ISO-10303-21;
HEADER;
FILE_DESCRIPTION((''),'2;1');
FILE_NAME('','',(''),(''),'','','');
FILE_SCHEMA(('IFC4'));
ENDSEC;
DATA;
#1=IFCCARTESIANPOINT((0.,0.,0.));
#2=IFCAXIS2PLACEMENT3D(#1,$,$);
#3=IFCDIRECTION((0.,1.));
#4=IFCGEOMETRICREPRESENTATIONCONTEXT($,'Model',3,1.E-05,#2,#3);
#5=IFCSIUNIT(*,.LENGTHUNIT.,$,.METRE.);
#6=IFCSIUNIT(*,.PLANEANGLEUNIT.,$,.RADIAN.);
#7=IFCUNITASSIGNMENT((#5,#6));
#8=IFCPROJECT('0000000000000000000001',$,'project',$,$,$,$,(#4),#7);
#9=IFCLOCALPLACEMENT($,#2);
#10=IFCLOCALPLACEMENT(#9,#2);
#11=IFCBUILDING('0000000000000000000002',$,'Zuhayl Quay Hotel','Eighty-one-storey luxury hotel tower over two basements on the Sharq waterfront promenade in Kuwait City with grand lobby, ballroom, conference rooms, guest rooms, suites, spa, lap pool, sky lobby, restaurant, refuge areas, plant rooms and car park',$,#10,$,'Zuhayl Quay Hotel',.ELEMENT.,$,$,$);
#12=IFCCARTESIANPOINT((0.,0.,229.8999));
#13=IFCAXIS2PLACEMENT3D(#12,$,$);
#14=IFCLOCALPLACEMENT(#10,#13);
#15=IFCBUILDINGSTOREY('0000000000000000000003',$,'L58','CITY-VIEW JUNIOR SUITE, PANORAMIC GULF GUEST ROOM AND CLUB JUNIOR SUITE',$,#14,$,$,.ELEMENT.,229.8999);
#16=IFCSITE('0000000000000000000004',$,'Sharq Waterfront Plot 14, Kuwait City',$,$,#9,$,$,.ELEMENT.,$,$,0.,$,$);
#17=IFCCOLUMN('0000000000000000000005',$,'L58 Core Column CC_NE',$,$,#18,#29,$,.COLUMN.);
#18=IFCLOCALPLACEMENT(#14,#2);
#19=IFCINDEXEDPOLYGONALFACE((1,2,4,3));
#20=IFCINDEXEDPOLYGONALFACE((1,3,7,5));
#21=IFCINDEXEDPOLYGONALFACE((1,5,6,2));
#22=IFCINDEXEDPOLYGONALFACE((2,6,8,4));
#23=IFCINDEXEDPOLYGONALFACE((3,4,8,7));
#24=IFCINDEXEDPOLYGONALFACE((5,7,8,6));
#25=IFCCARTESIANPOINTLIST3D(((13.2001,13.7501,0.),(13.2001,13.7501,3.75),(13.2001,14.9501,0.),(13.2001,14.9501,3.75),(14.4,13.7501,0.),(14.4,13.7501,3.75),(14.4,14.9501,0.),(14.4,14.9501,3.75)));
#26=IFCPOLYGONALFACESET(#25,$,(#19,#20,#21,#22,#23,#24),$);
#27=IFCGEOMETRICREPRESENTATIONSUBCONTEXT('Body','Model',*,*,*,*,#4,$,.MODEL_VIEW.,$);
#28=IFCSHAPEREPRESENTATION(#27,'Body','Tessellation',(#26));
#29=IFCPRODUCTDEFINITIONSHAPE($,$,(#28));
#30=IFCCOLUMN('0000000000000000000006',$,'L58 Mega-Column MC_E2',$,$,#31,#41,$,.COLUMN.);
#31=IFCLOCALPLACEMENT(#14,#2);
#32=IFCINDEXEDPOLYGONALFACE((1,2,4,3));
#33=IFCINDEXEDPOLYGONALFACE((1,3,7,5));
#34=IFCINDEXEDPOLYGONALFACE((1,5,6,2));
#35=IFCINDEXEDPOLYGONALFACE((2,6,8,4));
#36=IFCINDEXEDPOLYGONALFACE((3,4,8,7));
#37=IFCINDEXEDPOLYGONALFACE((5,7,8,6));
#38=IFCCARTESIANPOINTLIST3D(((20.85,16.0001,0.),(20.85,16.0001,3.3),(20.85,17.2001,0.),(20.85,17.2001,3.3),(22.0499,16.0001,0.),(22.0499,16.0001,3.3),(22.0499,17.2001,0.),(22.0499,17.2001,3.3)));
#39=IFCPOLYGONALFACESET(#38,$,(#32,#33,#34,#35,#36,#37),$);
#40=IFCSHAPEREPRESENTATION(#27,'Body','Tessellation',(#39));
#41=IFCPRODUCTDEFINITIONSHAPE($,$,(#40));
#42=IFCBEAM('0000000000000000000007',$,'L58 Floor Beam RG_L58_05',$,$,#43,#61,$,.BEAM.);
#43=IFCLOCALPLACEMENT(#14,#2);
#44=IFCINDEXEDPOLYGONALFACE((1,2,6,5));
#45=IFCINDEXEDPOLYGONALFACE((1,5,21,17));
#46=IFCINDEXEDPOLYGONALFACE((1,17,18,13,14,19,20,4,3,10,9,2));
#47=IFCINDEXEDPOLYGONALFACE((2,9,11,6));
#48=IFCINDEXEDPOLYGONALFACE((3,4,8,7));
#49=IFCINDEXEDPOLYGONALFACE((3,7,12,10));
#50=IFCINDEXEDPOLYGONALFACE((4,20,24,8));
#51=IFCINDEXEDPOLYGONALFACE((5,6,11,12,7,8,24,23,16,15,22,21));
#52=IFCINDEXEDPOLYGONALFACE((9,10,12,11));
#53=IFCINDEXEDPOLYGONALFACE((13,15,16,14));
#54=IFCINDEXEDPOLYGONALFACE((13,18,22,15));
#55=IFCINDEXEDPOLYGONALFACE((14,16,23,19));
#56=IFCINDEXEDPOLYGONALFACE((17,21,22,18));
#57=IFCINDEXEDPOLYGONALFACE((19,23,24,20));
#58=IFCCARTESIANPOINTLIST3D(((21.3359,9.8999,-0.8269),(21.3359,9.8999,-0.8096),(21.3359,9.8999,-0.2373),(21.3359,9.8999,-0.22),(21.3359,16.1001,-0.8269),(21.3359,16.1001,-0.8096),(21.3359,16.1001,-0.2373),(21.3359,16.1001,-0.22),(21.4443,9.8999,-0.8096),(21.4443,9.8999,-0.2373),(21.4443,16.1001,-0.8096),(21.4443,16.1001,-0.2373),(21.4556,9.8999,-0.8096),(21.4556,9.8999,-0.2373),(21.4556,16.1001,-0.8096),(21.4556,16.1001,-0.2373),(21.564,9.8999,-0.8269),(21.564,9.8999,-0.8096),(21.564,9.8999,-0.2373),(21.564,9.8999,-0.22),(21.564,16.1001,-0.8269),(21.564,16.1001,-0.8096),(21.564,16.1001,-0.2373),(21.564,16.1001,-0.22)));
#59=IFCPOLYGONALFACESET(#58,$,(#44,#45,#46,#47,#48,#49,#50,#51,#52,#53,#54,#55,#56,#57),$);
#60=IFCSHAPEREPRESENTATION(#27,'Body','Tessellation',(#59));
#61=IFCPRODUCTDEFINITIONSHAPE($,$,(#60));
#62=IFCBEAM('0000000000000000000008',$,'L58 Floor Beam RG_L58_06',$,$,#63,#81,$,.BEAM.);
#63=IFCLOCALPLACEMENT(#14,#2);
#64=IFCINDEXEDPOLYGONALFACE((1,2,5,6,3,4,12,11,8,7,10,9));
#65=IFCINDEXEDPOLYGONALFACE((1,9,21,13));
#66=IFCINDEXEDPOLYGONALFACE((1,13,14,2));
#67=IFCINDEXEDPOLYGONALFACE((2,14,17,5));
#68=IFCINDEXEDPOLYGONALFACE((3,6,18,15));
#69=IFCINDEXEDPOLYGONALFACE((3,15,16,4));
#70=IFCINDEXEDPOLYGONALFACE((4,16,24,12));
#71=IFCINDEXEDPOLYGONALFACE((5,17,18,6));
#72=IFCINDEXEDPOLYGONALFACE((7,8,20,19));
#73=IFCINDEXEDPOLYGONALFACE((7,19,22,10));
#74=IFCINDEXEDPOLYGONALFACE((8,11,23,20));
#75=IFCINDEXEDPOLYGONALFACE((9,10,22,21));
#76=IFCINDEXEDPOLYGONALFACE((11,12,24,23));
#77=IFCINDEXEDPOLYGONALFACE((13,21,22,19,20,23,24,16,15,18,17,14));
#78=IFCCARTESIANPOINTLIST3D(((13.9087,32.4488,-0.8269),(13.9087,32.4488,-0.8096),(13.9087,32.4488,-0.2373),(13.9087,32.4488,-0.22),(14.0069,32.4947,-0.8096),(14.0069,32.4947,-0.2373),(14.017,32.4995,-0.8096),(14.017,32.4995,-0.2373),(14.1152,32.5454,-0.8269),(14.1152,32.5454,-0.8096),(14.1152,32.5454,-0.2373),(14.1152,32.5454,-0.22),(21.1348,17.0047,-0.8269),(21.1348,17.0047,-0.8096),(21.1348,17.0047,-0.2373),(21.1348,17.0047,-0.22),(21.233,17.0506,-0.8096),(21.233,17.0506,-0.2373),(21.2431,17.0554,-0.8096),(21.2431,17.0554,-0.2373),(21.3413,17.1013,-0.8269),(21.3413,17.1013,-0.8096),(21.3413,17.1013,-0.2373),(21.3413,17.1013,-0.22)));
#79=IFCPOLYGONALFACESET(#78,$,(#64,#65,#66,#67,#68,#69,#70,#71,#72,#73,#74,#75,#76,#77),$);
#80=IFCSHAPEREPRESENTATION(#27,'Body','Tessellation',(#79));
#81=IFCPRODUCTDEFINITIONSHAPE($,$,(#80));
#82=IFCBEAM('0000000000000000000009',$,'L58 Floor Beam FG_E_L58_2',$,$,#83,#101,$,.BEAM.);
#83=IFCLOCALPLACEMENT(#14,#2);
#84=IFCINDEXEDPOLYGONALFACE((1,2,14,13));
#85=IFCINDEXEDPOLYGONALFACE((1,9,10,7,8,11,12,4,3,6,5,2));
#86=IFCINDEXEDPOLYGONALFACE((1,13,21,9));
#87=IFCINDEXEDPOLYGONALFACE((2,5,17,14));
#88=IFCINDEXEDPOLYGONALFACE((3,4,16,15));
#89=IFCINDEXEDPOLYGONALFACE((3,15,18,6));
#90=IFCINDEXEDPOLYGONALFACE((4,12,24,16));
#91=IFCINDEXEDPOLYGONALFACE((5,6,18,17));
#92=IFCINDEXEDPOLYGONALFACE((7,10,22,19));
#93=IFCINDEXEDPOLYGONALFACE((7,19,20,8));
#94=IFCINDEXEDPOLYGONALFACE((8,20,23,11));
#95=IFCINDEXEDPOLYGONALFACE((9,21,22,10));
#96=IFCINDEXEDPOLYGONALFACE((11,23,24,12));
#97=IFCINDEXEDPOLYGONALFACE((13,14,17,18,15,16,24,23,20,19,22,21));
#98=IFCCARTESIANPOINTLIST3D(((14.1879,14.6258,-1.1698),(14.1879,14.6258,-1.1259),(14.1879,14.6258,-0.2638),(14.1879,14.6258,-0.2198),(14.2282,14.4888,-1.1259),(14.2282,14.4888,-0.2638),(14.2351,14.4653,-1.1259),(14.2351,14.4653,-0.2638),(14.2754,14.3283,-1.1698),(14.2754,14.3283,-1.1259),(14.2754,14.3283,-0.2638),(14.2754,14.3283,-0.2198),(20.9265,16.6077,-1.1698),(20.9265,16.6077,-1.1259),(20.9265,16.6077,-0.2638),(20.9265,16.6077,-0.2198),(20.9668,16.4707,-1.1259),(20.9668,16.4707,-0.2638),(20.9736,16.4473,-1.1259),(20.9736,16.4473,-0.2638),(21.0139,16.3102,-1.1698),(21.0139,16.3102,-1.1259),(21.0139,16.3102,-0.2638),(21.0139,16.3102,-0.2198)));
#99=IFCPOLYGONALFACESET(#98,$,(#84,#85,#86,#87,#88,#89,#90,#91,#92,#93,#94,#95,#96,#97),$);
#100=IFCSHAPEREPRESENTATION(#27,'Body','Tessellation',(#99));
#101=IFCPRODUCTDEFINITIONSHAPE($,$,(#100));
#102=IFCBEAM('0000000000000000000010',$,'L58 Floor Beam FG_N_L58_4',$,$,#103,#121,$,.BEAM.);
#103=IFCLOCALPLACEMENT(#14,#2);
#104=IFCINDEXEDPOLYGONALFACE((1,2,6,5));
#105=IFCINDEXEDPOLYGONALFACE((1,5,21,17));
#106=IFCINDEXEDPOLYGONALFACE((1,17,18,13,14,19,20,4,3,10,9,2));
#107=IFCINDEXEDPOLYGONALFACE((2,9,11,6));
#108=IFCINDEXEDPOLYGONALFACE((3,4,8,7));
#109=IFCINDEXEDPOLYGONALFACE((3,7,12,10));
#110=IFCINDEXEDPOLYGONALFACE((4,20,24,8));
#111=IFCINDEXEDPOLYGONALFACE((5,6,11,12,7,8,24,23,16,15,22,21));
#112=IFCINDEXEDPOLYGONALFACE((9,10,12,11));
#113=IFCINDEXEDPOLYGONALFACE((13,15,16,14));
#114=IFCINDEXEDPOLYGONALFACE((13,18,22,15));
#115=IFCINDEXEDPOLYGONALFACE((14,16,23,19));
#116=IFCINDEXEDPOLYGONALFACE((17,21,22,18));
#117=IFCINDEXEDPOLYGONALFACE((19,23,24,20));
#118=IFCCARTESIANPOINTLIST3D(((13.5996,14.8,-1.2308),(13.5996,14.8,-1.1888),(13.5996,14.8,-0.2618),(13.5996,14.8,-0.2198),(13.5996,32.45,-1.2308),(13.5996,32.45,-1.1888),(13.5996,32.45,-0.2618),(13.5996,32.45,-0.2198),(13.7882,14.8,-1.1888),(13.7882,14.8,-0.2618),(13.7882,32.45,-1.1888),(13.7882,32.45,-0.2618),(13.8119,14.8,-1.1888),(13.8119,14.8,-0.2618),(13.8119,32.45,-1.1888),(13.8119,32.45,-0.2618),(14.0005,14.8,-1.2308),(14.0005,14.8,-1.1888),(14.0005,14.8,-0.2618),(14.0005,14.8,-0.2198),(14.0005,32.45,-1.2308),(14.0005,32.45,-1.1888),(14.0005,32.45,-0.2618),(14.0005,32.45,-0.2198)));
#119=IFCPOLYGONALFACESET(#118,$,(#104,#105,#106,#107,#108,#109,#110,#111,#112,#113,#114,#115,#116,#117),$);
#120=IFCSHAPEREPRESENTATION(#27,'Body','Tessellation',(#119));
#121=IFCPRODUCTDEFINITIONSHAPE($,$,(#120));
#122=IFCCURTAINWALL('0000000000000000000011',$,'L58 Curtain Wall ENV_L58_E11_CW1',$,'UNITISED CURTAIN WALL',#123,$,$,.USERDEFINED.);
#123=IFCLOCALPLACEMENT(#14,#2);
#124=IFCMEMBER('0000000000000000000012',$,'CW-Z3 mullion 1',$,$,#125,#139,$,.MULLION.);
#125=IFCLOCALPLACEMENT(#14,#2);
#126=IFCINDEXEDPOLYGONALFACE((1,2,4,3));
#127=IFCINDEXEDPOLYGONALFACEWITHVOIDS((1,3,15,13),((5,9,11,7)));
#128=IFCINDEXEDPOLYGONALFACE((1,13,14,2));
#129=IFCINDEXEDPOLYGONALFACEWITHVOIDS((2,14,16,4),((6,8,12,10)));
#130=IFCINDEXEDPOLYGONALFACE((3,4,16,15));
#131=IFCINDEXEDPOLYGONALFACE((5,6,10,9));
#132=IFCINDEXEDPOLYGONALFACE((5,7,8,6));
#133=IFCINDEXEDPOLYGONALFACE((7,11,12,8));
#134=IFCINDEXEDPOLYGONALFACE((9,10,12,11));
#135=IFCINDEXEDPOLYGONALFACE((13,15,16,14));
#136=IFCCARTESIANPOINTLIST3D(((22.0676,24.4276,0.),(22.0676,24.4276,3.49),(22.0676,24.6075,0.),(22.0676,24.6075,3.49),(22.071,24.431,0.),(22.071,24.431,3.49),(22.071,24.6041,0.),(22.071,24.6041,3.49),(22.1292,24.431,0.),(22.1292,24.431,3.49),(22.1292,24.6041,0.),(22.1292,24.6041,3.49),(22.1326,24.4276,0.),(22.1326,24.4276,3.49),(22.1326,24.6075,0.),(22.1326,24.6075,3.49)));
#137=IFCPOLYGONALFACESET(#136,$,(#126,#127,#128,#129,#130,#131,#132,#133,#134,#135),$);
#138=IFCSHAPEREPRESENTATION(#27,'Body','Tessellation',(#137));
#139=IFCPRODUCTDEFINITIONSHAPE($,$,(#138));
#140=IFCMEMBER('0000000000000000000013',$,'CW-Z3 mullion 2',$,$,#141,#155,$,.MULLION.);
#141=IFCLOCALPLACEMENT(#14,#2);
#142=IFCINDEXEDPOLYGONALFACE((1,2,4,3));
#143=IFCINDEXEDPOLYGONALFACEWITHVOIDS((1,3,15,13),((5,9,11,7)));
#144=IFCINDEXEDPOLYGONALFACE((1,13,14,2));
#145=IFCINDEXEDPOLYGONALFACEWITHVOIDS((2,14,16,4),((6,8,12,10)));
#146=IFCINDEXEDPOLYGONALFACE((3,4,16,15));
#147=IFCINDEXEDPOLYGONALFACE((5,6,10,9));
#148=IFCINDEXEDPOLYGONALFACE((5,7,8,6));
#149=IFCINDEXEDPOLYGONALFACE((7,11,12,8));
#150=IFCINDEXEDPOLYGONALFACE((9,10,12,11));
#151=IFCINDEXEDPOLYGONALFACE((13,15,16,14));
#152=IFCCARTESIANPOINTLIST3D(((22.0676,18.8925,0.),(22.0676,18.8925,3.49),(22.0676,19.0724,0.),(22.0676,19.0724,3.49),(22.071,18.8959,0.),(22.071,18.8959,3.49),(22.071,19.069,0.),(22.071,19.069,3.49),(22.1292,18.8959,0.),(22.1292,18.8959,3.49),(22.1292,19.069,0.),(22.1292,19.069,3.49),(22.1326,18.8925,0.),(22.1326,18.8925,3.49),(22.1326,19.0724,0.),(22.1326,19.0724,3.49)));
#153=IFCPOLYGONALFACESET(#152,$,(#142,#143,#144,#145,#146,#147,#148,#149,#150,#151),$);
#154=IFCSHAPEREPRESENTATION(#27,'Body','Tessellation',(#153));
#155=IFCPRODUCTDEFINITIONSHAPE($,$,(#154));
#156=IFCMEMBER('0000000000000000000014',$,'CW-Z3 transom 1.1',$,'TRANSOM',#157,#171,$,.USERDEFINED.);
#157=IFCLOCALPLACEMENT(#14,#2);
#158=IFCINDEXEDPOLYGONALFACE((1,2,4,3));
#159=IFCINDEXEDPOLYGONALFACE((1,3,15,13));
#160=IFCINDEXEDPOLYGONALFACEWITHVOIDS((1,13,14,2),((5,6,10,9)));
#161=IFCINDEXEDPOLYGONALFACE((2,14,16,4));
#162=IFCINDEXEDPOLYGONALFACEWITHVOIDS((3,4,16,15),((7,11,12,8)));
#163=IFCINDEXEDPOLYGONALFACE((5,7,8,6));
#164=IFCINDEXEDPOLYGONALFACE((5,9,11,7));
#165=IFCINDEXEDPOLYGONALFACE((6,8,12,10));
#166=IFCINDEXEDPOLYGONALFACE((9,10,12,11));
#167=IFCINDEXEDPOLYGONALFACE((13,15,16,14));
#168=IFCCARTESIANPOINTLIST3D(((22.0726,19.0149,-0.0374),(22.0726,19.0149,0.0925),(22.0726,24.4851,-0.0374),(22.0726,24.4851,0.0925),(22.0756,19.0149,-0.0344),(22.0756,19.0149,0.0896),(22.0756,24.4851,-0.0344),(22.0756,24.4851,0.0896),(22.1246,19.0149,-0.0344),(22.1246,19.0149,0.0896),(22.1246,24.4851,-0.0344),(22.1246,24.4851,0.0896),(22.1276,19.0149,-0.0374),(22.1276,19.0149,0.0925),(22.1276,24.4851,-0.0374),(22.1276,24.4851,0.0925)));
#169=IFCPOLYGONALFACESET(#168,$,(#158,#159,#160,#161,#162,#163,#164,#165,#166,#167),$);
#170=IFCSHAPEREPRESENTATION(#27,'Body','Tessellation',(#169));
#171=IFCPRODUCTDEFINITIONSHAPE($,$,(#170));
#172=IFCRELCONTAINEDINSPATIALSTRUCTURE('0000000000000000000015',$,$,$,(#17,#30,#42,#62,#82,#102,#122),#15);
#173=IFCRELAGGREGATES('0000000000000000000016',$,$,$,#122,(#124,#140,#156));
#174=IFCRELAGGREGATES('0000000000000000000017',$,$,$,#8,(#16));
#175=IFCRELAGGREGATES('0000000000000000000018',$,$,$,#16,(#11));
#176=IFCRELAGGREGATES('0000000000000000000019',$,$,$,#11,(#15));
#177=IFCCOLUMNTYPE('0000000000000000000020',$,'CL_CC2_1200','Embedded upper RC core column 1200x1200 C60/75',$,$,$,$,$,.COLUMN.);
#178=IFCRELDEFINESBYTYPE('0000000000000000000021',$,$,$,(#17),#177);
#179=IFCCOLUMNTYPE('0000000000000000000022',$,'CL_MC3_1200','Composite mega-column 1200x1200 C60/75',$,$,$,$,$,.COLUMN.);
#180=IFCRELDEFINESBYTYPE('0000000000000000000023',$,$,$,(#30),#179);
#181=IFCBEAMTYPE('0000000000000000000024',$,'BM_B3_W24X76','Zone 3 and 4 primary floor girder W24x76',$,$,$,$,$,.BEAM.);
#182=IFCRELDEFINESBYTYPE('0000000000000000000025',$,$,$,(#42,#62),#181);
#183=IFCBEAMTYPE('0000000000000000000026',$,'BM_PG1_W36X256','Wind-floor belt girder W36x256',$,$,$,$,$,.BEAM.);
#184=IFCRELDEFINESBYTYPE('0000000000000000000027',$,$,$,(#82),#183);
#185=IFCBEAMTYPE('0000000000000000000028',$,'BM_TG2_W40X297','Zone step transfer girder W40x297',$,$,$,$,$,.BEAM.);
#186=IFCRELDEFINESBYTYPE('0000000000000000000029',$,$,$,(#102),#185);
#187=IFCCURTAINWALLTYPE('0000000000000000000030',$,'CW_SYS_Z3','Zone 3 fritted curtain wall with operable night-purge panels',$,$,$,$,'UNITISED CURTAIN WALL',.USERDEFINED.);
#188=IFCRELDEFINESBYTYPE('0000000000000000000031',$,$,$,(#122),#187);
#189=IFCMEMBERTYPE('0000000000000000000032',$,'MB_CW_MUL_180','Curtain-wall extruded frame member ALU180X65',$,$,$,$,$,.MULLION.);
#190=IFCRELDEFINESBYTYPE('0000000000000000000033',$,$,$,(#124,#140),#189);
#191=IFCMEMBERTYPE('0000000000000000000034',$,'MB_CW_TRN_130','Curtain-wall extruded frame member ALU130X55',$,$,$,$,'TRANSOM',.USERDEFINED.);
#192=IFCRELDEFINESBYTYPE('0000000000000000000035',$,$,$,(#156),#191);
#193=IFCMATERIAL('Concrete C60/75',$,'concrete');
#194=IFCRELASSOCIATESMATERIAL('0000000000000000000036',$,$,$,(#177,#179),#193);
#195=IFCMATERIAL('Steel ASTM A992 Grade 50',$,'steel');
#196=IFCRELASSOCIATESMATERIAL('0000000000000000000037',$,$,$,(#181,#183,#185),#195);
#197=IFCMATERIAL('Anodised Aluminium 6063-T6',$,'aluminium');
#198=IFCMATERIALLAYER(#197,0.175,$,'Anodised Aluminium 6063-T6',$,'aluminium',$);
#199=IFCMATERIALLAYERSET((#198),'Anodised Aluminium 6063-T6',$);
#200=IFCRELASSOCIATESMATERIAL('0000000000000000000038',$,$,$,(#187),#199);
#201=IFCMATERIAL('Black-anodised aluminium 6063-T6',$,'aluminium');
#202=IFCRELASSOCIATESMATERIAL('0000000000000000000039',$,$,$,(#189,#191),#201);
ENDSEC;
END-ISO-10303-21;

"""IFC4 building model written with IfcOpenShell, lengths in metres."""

from ifc_helpers import new_model, si_unit, direction, frame, origin, origin_2d, place, context, subcontext, project, spatial, rectangle, hollow_rectangle, i_section, extrude, material, layer, layer_set, material_profile, profile_set, type_object, element, aggregate, save


model = new_model("IFC4")

# Units and contexts
model_context = context("Model", 3, precision=1e-05, world=origin(), true_north=direction((0.0, 1.0)))
body_context = subcontext(model_context, "Body", "Model", "MODEL_VIEW")
ifc_project = project(units=[si_unit("LENGTHUNIT", "METRE"), si_unit("PLANEANGLEUNIT", "RADIAN")], contexts=[model_context])

# Site, building, storey
site_placement = place(None, origin())
site = spatial("IfcSite", under=ifc_project, at=site_placement, Name="Sharq Waterfront Plot 14, Kuwait City", CompositionType="ELEMENT", RefElevation=0.0)
building_placement = place(site_placement, origin())
building = spatial("IfcBuilding", under=site, at=building_placement, Name="Zuhayl Quay Hotel", Description="Eighty-one-storey luxury hotel tower over two basements on the Sharq waterfront promenade in Kuwait City with grand lobby, ballroom, conference rooms, guest rooms, suites, spa, lap pool, sky lobby, restaurant, refuge areas, plant rooms and car park", LongName="Zuhayl Quay Hotel", CompositionType="ELEMENT")
storey_placement = place(building_placement, frame((0.0, 0.0, 229.8999)))
storey = spatial("IfcBuildingStorey", under=building, at=storey_placement, Name="L58", Description="CITY-VIEW JUNIOR SUITE, PANORAMIC GULF GUEST ROOM AND CLUB JUNIOR SUITE", CompositionType="ELEMENT", Elevation=229.8999)

# Columns
ifc_material_1 = material(Name="Concrete C60/75", Category="concrete")
ifc_material_profile_1 = material_profile(ifc_material_1, rectangle(XDim=1.2, YDim=1.2, at=origin_2d()), Name="RC1200X1200")
ifc_profile_set_1 = profile_set([ifc_material_profile_1], Name="Concrete C60/75")
column_type_1 = type_object("IfcColumnType", Name="CL_CC2_1200", Description="Embedded upper RC core column 1200x1200 C60/75", PredefinedType="COLUMN", material=ifc_profile_set_1)
column_1_placement = place(storey_placement, frame((13.8, 14.3501, 0.0), z_axis=(0.0, 0.0, 1.0), x_axis=(1.0, 0.0, 0.0)))
element("IfcColumn", 1, at=column_1_placement, inside=storey, type_object=column_type_1, Name="L58 Core Column CC_NE", PredefinedType="COLUMN", context=body_context, shape_type="SweptSolid", body=[
    extrude(rectangle(XDim=1.2, YDim=1.2, at=origin_2d()), origin(), (0.0, 0.0, 1.0), 3.75),
])
ifc_material_profile_2 = material_profile(ifc_material_1, rectangle(XDim=1.2, YDim=1.2, at=origin_2d()), Name="RC1200X1200")
ifc_profile_set_2 = profile_set([ifc_material_profile_2], Name="Concrete C60/75")
column_type_2 = type_object("IfcColumnType", Name="CL_MC3_1200", Description="Composite mega-column 1200x1200 C60/75", PredefinedType="COLUMN", material=ifc_profile_set_2)
column_2_placement = place(storey_placement, frame((21.45, 16.6001, 0.0), z_axis=(0.0, 0.0, 1.0), x_axis=(1.0, 0.0, 0.0)))
element("IfcColumn", 2, at=column_2_placement, inside=storey, type_object=column_type_2, Name="L58 Mega-Column MC_E2", PredefinedType="COLUMN", context=body_context, shape_type="SweptSolid", body=[
    extrude(rectangle(XDim=1.2, YDim=1.2, at=origin_2d()), origin(), (0.0, 0.0, 1.0), 3.3),
])

# Beams
ifc_material_2 = material(Name="Steel ASTM A992 Grade 50", Category="steel")
ifc_material_profile_3 = material_profile(ifc_material_2, i_section(OverallWidth=0.228, OverallDepth=0.6069, WebThickness=0.0112, FlangeThickness=0.0173, at=origin_2d()), Name="W24X76")
ifc_profile_set_3 = profile_set([ifc_material_profile_3], Name="Steel ASTM A992 Grade 50")
beam_type_1 = type_object("IfcBeamType", Name="BM_B3_W24X76", Description="Zone 3 and 4 primary floor girder W24x76", PredefinedType="BEAM", material=ifc_profile_set_3)
beam_1_placement = place(storey_placement, frame((21.45, 9.8999, -0.5234), z_axis=(0.0, 1.0, 0.0), x_axis=(-1.0, 0.0, 0.0)))
element("IfcBeam", 3, at=beam_1_placement, inside=storey, type_object=beam_type_1, Name="L58 Floor Beam RG_L58_05", PredefinedType="BEAM", context=body_context, shape_type="SweptSolid", body=[
    extrude(i_section(OverallWidth=0.228, OverallDepth=0.6069, WebThickness=0.0112, FlangeThickness=0.0173, at=origin_2d()), origin(), (0.0, 0.0, 1.0), 6.2002),
])
beam_2_placement = place(storey_placement, frame((21.238, 17.053, -0.5234), z_axis=(-0.423792, 0.905759, 0.0), x_axis=(-0.905759, -0.423792, 0.0)))
element("IfcBeam", 4, at=beam_2_placement, inside=storey, type_object=beam_type_1, Name="L58 Floor Beam RG_L58_06", PredefinedType="BEAM", context=body_context, shape_type="SweptSolid", body=[
    extrude(i_section(OverallWidth=0.228, OverallDepth=0.6069, WebThickness=0.0112, FlangeThickness=0.0173, at=origin_2d()), origin(), (0.0, 0.0, 1.0), 17.051),
])
ifc_material_profile_4 = material_profile(ifc_material_2, i_section(OverallWidth=0.3101, OverallDepth=0.95, WebThickness=0.0244, FlangeThickness=0.0439, at=origin_2d()), Name="W36X256")
ifc_profile_set_4 = profile_set([ifc_material_profile_4], Name="Steel ASTM A992 Grade 50")
beam_type_2 = type_object("IfcBeamType", Name="BM_PG1_W36X256", Description="Wind-floor belt girder W36x256", PredefinedType="BEAM", material=ifc_profile_set_4)
beam_3_placement = place(storey_placement, frame((14.2317, 14.4771, -0.6948), z_axis=(0.959365, 0.282168, 0.0), x_axis=(-0.282168, 0.959365, 0.0)))
element("IfcBeam", 5, at=beam_3_placement, inside=storey, type_object=beam_type_2, Name="L58 Floor Beam FG_E_L58_2", PredefinedType="BEAM", context=body_context, shape_type="SweptSolid", body=[
    extrude(i_section(OverallWidth=0.3101, OverallDepth=0.95, WebThickness=0.0244, FlangeThickness=0.0439, at=origin_2d()), origin(), (0.0, 0.0, 1.0), 7.0239),
])
ifc_material_profile_5 = material_profile(ifc_material_2, i_section(OverallWidth=0.4009, OverallDepth=1.011, WebThickness=0.0237, FlangeThickness=0.042, at=origin_2d()), Name="W40X297")
ifc_profile_set_5 = profile_set([ifc_material_profile_5], Name="Steel ASTM A992 Grade 50")
beam_type_3 = type_object("IfcBeamType", Name="BM_TG2_W40X297", Description="Zone step transfer girder W40x297", PredefinedType="BEAM", material=ifc_profile_set_5)
beam_4_placement = place(storey_placement, frame((13.8, 14.8, -0.7253), z_axis=(0.0, 1.0, 0.0), x_axis=(-1.0, 0.0, 0.0)))
element("IfcBeam", 6, at=beam_4_placement, inside=storey, type_object=beam_type_3, Name="L58 Floor Beam FG_N_L58_4", PredefinedType="BEAM", context=body_context, shape_type="SweptSolid", body=[
    extrude(i_section(OverallWidth=0.4009, OverallDepth=1.011, WebThickness=0.0237, FlangeThickness=0.042, at=origin_2d()), origin(), (0.0, 0.0, 1.0), 17.6499),
])

# Curtain wall, members
ifc_material_3 = material(Name="Anodised Aluminium 6063-T6", Category="aluminium")
ifc_layer_1 = layer(ifc_material_3, 0.175, Name="Anodised Aluminium 6063-T6", Category="aluminium")
ifc_layer_set_1 = layer_set([ifc_layer_1], Name="Anodised Aluminium 6063-T6")
curtain_wall_type = type_object("IfcCurtainWallType", Name="CW_SYS_Z3", Description="Zone 3 fritted curtain wall with operable night-purge panels", ElementType="UNITISED CURTAIN WALL", PredefinedType="USERDEFINED", material=ifc_layer_set_1)
curtain_wall_placement = place(storey_placement, origin())
curtain_wall = element("IfcCurtainWall", 7, at=curtain_wall_placement, inside=storey, type_object=curtain_wall_type, Name="L58 Curtain Wall ENV_L58_E11_CW1", ObjectType="UNITISED CURTAIN WALL", PredefinedType="USERDEFINED")
ifc_material_4 = material(Name="Black-anodised aluminium 6063-T6", Category="aluminium")
ifc_material_profile_6 = material_profile(ifc_material_4, hollow_rectangle(XDim=0.0649, YDim=0.1799, WallThickness=0.0034, at=origin_2d()), Name="ALU180X65")
ifc_profile_set_6 = profile_set([ifc_material_profile_6], Name="Black-anodised aluminium 6063-T6")
member_type_1 = type_object("IfcMemberType", Name="MB_CW_MUL_180", Description="Curtain-wall extruded frame member ALU180X65", PredefinedType="MULLION", material=ifc_profile_set_6)
member_1_placement = place(storey_placement, frame((22.1001, 24.5176, 0.0), z_axis=(0.0, 0.0, 1.0), x_axis=(1.0, 0.0, 0.0)))
member_1 = element("IfcMember", 8, at=member_1_placement, type_object=member_type_1, Name="CW-Z3 mullion 1", PredefinedType="MULLION", context=body_context, shape_type="SweptSolid", body=[
    extrude(hollow_rectangle(XDim=0.0649, YDim=0.1799, WallThickness=0.0034, at=origin_2d()), origin(), (0.0, 0.0, 1.0), 3.49),
])
member_2_placement = place(storey_placement, frame((22.1001, 18.9824, 0.0), z_axis=(0.0, 0.0, 1.0), x_axis=(1.0, 0.0, 0.0)))
member_2 = element("IfcMember", 9, at=member_2_placement, type_object=member_type_1, Name="CW-Z3 mullion 2", PredefinedType="MULLION", context=body_context, shape_type="SweptSolid", body=[
    extrude(hollow_rectangle(XDim=0.0649, YDim=0.1799, WallThickness=0.0034, at=origin_2d()), origin(), (0.0, 0.0, 1.0), 3.49),
])
ifc_material_profile_7 = material_profile(ifc_material_4, hollow_rectangle(XDim=0.0549, YDim=0.1299, WallThickness=0.0029, at=origin_2d()), Name="ALU130X55")
ifc_profile_set_7 = profile_set([ifc_material_profile_7], Name="Black-anodised aluminium 6063-T6")
member_type_2 = type_object("IfcMemberType", Name="MB_CW_TRN_130", Description="Curtain-wall extruded frame member ALU130X55", ElementType="TRANSOM", PredefinedType="USERDEFINED", material=ifc_profile_set_7)
member_3_placement = place(storey_placement, frame((22.1001, 24.4851, 0.0276), z_axis=(0.0, -1.0, 0.0), x_axis=(1.0, 0.0, 0.0)))
member_3 = element("IfcMember", 10, at=member_3_placement, type_object=member_type_2, Name="CW-Z3 transom 1.1", ObjectType="TRANSOM", PredefinedType="USERDEFINED", context=body_context, shape_type="SweptSolid", body=[
    extrude(hollow_rectangle(XDim=0.0549, YDim=0.1299, WallThickness=0.0029, at=origin_2d()), origin(), (0.0, 0.0, 1.0), 5.4702),
])
aggregate(curtain_wall, [member_1, member_2, member_3])

save(model, "model.ifc")
